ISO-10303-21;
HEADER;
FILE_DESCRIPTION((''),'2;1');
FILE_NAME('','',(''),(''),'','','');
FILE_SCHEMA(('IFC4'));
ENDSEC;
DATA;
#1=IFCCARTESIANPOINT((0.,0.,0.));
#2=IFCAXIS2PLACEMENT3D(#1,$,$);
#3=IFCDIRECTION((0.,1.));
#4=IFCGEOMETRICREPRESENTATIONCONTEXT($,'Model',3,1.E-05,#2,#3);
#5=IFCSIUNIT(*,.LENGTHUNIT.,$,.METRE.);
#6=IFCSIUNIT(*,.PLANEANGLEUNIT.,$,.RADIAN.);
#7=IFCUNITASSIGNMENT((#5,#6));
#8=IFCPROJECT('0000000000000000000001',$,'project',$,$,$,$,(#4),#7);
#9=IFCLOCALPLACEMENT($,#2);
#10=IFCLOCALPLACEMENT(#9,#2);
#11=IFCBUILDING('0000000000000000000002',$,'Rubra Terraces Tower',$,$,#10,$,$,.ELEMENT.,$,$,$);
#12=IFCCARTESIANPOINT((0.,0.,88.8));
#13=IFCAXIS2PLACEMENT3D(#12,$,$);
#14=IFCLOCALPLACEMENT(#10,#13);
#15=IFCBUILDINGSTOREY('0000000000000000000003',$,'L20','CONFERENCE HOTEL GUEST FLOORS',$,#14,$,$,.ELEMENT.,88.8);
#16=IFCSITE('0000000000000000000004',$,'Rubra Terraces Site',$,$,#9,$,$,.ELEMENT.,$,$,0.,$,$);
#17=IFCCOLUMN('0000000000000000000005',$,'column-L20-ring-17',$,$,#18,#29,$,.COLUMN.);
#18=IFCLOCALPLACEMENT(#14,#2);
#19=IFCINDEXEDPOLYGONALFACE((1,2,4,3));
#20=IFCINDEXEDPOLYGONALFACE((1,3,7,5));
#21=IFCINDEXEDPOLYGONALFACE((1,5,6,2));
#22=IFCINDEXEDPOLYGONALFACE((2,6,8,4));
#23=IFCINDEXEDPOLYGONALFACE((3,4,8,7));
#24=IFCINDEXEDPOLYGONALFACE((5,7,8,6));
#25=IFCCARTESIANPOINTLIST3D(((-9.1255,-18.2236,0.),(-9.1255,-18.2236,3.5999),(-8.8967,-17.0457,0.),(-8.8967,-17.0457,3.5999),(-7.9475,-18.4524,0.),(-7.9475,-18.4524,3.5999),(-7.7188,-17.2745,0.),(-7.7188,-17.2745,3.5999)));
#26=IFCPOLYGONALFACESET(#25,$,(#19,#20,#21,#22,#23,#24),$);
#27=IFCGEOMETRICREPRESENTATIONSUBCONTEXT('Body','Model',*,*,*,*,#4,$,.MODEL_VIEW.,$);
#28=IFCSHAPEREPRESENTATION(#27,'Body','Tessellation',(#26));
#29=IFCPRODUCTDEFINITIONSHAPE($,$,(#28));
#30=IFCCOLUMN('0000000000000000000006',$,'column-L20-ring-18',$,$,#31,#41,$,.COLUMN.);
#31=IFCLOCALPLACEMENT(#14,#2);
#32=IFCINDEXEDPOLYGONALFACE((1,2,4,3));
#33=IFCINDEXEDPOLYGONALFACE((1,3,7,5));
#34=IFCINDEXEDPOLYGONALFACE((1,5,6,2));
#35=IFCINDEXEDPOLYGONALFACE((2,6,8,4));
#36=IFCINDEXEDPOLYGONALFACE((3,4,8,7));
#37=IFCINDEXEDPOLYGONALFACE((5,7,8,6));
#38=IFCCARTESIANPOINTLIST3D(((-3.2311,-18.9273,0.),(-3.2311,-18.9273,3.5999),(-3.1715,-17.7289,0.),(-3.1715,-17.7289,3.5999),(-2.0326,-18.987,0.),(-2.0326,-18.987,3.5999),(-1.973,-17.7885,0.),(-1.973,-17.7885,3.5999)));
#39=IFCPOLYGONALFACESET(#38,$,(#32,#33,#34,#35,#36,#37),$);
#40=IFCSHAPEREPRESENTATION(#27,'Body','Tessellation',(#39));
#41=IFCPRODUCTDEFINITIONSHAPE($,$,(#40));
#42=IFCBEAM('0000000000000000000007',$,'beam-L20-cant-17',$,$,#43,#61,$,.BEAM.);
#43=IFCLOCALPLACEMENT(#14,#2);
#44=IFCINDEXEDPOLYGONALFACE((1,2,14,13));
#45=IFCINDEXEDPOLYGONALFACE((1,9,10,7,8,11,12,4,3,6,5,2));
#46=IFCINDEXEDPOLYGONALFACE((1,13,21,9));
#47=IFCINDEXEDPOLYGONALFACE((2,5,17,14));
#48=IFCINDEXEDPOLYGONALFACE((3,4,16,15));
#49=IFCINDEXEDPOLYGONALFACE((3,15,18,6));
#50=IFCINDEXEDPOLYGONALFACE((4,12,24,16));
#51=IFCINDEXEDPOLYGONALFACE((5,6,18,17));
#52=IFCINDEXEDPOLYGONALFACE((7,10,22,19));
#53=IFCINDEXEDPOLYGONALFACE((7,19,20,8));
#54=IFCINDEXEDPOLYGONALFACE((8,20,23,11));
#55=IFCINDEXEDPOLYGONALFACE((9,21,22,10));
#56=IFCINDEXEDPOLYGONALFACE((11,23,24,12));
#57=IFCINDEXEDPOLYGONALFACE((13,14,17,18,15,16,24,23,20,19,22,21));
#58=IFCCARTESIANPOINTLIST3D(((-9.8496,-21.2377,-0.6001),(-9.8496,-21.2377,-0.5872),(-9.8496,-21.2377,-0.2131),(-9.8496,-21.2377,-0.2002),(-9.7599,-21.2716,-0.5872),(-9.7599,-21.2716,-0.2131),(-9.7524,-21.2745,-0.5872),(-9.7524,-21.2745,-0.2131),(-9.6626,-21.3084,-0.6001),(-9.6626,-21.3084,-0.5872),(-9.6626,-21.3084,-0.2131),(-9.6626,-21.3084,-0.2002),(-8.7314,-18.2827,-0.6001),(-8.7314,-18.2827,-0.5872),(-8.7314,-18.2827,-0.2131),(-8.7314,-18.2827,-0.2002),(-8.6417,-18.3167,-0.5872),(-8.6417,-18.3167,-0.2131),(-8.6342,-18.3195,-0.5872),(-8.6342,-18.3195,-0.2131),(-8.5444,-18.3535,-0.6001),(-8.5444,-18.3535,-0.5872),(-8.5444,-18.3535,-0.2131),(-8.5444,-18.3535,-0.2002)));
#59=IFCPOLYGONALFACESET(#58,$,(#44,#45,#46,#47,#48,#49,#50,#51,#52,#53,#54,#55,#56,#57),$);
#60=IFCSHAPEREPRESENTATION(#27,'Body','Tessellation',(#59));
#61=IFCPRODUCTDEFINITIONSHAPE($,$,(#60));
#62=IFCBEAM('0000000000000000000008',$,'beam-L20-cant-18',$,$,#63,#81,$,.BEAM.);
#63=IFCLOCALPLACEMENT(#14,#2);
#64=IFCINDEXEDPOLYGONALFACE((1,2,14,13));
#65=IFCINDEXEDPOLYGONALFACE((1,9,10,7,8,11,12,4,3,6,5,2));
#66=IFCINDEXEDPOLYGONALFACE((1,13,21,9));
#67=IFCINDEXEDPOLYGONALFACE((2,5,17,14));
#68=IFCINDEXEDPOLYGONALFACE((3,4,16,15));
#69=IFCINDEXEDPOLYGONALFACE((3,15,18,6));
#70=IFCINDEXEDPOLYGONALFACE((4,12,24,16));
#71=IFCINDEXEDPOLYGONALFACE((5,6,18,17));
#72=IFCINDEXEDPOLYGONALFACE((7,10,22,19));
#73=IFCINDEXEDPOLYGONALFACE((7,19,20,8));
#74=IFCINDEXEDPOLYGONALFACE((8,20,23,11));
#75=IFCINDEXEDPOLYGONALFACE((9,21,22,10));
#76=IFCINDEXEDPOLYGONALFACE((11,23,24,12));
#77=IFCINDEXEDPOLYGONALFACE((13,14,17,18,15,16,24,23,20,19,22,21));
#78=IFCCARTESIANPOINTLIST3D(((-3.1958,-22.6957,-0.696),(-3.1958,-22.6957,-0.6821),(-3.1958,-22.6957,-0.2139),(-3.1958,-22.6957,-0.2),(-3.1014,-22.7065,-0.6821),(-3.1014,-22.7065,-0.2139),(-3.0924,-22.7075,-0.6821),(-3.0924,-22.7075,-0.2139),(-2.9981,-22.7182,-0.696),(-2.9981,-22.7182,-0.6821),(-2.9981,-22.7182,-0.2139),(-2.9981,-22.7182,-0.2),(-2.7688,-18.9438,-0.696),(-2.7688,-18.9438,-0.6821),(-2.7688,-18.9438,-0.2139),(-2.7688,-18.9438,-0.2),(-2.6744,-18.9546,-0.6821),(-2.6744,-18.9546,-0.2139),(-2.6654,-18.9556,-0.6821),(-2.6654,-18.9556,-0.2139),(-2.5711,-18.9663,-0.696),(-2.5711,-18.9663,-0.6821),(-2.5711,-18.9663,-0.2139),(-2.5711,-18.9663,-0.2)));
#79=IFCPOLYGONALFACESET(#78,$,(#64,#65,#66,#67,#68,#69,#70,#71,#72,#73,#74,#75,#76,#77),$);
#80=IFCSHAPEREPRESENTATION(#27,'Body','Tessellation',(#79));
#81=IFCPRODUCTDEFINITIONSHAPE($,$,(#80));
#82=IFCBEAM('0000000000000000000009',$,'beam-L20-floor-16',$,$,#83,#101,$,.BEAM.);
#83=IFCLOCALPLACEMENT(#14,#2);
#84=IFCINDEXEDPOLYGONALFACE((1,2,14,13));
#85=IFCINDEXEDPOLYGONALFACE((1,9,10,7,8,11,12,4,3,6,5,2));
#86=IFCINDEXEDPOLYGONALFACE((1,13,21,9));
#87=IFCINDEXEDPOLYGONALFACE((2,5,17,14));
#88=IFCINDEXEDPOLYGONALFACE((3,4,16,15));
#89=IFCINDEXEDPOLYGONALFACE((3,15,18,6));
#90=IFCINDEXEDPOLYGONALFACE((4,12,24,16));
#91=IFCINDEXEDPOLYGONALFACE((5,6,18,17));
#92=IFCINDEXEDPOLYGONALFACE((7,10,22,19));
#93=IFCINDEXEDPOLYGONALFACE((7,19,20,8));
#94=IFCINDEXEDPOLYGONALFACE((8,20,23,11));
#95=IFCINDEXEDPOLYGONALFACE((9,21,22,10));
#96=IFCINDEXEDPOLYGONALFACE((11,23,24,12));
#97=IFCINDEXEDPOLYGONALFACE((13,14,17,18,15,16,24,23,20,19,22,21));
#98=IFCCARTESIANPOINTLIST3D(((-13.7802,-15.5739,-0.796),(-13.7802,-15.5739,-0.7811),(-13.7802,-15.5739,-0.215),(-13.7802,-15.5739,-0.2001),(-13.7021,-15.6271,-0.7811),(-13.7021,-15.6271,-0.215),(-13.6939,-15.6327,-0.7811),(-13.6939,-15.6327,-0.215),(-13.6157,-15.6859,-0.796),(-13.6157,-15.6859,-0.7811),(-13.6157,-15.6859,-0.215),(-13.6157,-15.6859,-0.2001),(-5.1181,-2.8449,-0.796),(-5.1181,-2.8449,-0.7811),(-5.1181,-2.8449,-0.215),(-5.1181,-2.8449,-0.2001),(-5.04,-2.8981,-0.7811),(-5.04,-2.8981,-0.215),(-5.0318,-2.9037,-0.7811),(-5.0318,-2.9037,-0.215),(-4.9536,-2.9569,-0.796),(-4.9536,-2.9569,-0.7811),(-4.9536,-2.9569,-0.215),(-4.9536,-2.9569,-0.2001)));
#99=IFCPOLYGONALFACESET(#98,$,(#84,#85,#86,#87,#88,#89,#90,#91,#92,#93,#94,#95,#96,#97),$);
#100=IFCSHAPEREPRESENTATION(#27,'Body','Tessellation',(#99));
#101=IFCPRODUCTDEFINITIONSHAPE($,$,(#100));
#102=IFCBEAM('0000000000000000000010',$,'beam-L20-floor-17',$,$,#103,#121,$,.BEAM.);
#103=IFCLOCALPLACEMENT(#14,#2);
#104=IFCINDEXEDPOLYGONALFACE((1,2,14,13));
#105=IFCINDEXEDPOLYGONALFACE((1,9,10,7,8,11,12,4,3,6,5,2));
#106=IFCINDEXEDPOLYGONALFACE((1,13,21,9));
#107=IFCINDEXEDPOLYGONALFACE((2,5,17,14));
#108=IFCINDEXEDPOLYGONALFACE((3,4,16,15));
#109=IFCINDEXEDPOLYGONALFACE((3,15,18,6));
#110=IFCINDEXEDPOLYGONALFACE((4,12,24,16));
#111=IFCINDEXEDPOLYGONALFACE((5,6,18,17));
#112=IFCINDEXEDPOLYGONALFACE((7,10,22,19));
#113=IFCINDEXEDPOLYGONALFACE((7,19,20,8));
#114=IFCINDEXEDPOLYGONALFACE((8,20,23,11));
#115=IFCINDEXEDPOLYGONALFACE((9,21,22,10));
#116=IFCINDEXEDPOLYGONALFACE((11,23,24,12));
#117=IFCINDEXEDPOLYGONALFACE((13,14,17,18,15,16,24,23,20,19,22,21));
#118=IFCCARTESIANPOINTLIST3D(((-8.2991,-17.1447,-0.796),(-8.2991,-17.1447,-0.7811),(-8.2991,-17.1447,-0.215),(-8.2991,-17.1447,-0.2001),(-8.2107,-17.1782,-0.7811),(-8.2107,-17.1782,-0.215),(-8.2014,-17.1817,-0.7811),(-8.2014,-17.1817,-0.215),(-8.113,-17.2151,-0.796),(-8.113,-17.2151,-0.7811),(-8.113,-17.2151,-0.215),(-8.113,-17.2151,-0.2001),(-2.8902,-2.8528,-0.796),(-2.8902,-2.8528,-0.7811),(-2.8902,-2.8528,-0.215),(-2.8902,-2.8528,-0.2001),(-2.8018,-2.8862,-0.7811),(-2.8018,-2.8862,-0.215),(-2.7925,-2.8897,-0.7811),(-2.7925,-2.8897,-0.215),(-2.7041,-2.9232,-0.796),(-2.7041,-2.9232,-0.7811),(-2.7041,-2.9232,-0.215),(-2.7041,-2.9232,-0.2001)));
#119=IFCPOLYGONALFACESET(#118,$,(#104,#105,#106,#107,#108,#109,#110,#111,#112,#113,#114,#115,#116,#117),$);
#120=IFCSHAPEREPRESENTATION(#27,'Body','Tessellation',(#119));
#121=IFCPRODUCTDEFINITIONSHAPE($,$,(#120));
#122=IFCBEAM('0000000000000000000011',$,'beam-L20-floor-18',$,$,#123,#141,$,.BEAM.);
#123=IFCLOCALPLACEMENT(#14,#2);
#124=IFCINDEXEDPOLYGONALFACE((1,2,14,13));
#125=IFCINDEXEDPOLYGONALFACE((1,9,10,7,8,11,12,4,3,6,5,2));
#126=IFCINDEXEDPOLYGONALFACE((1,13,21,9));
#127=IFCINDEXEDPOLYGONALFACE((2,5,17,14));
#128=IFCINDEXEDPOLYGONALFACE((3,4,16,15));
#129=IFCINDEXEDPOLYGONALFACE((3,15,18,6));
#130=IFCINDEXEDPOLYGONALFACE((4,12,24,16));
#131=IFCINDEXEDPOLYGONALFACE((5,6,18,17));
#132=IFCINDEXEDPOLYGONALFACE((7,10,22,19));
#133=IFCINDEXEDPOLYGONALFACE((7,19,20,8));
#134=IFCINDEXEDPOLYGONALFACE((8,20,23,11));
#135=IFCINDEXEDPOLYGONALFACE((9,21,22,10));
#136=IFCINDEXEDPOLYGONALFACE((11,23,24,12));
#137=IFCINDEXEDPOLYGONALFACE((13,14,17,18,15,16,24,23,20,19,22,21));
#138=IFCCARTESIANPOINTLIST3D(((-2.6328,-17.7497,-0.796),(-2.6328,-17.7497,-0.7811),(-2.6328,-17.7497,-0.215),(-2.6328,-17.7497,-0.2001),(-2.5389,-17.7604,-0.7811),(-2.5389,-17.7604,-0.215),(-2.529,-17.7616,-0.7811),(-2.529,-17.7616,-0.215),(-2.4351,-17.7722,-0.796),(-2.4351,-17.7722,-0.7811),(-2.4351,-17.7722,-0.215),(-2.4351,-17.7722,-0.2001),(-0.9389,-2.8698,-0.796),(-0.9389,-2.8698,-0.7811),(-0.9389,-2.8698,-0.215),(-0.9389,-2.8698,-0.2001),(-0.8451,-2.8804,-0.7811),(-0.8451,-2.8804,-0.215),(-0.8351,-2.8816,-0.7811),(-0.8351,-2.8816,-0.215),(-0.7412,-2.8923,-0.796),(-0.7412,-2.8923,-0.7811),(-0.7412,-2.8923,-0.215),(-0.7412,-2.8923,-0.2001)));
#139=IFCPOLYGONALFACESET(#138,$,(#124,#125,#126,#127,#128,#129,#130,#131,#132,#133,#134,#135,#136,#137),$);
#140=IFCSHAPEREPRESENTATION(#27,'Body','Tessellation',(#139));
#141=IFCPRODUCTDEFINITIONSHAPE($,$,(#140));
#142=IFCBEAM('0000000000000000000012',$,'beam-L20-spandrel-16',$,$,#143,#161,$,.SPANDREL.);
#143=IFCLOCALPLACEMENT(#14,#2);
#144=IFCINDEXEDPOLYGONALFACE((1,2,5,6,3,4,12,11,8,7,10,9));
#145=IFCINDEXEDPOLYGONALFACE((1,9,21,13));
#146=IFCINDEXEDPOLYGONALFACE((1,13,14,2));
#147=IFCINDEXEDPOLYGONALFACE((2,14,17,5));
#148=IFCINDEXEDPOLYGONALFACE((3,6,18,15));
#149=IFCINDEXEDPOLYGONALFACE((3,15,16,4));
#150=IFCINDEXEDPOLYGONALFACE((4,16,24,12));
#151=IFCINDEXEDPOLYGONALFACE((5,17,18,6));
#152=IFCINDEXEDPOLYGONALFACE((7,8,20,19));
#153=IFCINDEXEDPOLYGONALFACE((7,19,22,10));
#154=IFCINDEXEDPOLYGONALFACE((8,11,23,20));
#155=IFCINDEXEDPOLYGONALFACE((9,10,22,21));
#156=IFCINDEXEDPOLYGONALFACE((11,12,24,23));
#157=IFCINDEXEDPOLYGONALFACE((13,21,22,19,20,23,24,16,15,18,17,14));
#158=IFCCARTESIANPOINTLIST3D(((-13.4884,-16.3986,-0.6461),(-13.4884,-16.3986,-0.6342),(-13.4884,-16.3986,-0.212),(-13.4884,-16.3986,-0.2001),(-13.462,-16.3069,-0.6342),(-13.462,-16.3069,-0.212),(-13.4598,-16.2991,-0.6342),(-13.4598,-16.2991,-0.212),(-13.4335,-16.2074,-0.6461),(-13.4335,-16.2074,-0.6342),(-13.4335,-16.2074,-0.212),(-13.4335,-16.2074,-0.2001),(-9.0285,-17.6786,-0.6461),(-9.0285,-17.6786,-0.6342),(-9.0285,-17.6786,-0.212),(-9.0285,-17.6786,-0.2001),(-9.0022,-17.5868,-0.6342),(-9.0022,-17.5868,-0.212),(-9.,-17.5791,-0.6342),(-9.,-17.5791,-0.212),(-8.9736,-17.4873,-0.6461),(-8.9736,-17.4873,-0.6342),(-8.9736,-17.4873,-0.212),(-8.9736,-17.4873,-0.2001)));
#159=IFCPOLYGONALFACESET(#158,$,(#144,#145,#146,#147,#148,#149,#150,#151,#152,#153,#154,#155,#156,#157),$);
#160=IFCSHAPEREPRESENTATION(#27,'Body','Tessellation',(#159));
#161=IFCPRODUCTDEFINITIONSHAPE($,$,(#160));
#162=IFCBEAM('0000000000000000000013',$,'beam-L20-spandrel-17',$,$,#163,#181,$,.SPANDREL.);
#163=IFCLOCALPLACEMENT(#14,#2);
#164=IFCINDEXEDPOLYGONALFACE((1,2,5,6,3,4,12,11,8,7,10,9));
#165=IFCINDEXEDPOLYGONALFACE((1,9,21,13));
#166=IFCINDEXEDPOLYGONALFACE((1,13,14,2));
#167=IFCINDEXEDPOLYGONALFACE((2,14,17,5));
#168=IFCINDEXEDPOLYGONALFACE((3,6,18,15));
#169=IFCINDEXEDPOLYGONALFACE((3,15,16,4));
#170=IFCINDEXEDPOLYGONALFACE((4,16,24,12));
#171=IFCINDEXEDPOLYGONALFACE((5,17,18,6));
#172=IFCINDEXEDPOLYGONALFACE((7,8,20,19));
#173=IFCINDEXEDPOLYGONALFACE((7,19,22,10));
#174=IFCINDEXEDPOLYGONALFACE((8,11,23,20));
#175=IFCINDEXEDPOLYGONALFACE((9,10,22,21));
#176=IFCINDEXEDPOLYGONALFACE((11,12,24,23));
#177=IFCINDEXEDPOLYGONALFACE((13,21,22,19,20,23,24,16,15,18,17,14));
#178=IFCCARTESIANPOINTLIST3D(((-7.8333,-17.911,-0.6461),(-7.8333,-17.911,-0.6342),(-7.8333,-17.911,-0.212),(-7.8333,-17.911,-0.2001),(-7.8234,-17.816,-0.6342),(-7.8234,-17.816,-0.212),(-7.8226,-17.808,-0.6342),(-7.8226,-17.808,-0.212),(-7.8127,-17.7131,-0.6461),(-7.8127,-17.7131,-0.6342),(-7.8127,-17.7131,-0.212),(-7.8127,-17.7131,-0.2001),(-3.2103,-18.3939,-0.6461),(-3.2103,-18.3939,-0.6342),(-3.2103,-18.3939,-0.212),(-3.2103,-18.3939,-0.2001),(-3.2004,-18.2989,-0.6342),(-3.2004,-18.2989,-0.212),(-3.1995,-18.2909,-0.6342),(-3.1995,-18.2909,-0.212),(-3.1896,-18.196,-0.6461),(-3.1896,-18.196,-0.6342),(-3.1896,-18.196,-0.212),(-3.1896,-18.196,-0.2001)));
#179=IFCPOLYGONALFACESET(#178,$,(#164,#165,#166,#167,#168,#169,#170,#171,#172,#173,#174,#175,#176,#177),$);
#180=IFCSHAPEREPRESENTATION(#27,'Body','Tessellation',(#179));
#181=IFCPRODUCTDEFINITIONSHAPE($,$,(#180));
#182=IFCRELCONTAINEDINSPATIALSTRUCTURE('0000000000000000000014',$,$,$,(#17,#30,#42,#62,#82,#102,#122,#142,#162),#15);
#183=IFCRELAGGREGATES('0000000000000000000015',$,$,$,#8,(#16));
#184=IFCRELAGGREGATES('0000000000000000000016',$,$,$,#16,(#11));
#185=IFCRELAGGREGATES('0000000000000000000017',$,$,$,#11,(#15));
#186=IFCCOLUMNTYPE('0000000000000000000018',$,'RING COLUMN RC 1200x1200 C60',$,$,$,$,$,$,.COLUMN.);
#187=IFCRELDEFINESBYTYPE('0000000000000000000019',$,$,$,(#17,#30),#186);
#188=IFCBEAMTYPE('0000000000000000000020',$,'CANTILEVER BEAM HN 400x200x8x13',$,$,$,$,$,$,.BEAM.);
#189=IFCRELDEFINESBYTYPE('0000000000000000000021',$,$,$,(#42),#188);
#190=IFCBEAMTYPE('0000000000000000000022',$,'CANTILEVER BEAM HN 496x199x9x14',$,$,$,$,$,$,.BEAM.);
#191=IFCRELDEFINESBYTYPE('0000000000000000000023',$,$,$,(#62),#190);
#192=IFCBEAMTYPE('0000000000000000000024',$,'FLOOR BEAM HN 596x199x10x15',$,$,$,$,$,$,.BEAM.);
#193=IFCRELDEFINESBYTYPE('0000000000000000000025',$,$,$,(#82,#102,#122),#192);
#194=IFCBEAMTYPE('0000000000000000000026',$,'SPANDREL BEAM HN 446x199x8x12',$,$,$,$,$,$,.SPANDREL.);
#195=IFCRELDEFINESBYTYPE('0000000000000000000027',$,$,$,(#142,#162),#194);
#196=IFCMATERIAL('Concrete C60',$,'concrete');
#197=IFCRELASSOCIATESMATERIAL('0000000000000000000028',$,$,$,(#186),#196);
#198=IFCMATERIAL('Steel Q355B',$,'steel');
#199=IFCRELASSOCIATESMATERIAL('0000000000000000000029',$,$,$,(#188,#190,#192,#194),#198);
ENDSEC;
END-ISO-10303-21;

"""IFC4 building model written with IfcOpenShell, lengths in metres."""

from ifc_helpers import new_model, si_unit, direction, frame, origin, origin_2d, place, context, subcontext, project, spatial, rectangle, i_section, extrude, material, material_profile, profile_set, type_object, element, save


model = new_model("IFC4")

# Units and contexts
model_context = context("Model", 3, precision=1e-05, world=origin(), true_north=direction((0.0, 1.0)))
body_context = subcontext(model_context, "Body", "Model", "MODEL_VIEW")
ifc_project = project(units=[si_unit("LENGTHUNIT", "METRE"), si_unit("PLANEANGLEUNIT", "RADIAN")], contexts=[model_context])

# Site, building, storey
site_placement = place(None, origin())
site = spatial("IfcSite", under=ifc_project, at=site_placement, Name="Rubra Terraces Site", CompositionType="ELEMENT", RefElevation=0.0)
building_placement = place(site_placement, origin())
building = spatial("IfcBuilding", under=site, at=building_placement, Name="Rubra Terraces Tower", CompositionType="ELEMENT")
storey_placement = place(building_placement, frame((0.0, 0.0, 88.8)))
storey = spatial("IfcBuildingStorey", under=building, at=storey_placement, Name="L20", Description="CONFERENCE HOTEL GUEST FLOORS", CompositionType="ELEMENT", Elevation=88.8)

# Columns
ifc_material_1 = material(Name="Concrete C60", Category="concrete")
ifc_material_profile_1 = material_profile(ifc_material_1, rectangle(XDim=1.2, YDim=1.2, at=origin_2d()), Name="RC 1200x1200")
ifc_profile_set_1 = profile_set([ifc_material_profile_1], Name="Concrete C60")
column_type = type_object("IfcColumnType", Name="RING COLUMN RC 1200x1200 C60", PredefinedType="COLUMN", material=ifc_profile_set_1)
for number, where, z_axis, x_axis, name in (
    (1, (-8.4221, -17.749, 0.0), (0.0, 0.0, 1.0), (0.981655, -0.190668, 0.0), "column-L20-ring-17"),
    (2, (-2.6021, -18.3579, 0.0), (0.0, 0.0, 1.0), (0.998764, -0.049699, 0.0), "column-L20-ring-18"),
):
    element("IfcColumn", number, at=place(storey_placement, frame(where, z_axis=z_axis, x_axis=x_axis)), inside=storey, type_object=column_type, Name=name, PredefinedType="COLUMN", context=body_context, shape_type="SweptSolid", body=[
        extrude(rectangle(XDim=1.2, YDim=1.2, at=origin_2d()), origin(), (0.0, 0.0, 1.0), 3.5999),
    ])

# Beams
ifc_material_2 = material(Name="Steel Q355B", Category="steel")
ifc_material_profile_2 = material_profile(ifc_material_2, i_section(OverallWidth=0.2, OverallDepth=0.3999, WebThickness=0.0081, FlangeThickness=0.0129, at=origin_2d()), Name="HN 400x200x8x13")
ifc_profile_set_2 = profile_set([ifc_material_profile_2], Name="Steel Q355B")
beam_type_1 = type_object("IfcBeamType", Name="CANTILEVER BEAM HN 400x200x8x13", PredefinedType="BEAM", material=ifc_profile_set_2)
beam_1_placement = place(storey_placement, frame((-8.6379, -18.3181, -0.4001), z_axis=(-0.353925, -0.935274, 0.0), x_axis=(0.935274, -0.353925, 0.0)))
element("IfcBeam", 3, at=beam_1_placement, inside=storey, type_object=beam_type_1, Name="beam-L20-cant-17", PredefinedType="BEAM", context=body_context, shape_type="SweptSolid", body=[
    extrude(i_section(OverallWidth=0.2, OverallDepth=0.3999, WebThickness=0.0081, FlangeThickness=0.0129, at=origin_2d()), origin(), (0.0, 0.0, 1.0), 3.1594),
])
ifc_material_profile_3 = material_profile(ifc_material_2, i_section(OverallWidth=0.199, OverallDepth=0.4961, WebThickness=0.009, FlangeThickness=0.0139, at=origin_2d()), Name="HN 496x199x9x14")
ifc_profile_set_3 = profile_set([ifc_material_profile_3], Name="Steel Q355B")
beam_type_2 = type_object("IfcBeamType", Name="CANTILEVER BEAM HN 496x199x9x14", PredefinedType="BEAM", material=ifc_profile_set_3)
beam_2_placement = place(storey_placement, frame((-2.6699, -18.9551, -0.448), z_axis=(-0.113078, -0.993586, 0.0), x_axis=(0.993586, -0.113078, 0.0)))
element("IfcBeam", 4, at=beam_2_placement, inside=storey, type_object=beam_type_2, Name="beam-L20-cant-18", PredefinedType="BEAM", context=body_context, shape_type="SweptSolid", body=[
    extrude(i_section(OverallWidth=0.199, OverallDepth=0.4961, WebThickness=0.009, FlangeThickness=0.0139, at=origin_2d()), origin(), (0.0, 0.0, 1.0), 3.7761),
])
ifc_material_profile_4 = material_profile(ifc_material_2, i_section(OverallWidth=0.199, OverallDepth=0.5959, WebThickness=0.01, FlangeThickness=0.0149, at=origin_2d()), Name="HN 596x199x10x15")
ifc_profile_set_4 = profile_set([ifc_material_profile_4], Name="Steel Q355B")
beam_type_3 = type_object("IfcBeamType", Name="FLOOR BEAM HN 596x199x10x15", PredefinedType="BEAM", material=ifc_profile_set_4)
beam_3_placement = place(storey_placement, frame((-13.698, -15.6299, -0.498), z_axis=(0.562594, 0.826734, 0.0), x_axis=(-0.826734, 0.562594, 0.0)))
element("IfcBeam", 5, at=beam_3_placement, inside=storey, type_object=beam_type_3, Name="beam-L20-floor-16", PredefinedType="BEAM", context=body_context, shape_type="SweptSolid", body=[
    extrude(i_section(OverallWidth=0.199, OverallDepth=0.5959, WebThickness=0.01, FlangeThickness=0.0149, at=origin_2d()), origin(), (0.0, 0.0, 1.0), 15.3967),
])
beam_4_placement = place(storey_placement, frame((-8.2061, -17.1799, -0.498), z_axis=(0.353958, 0.935261, 0.0), x_axis=(-0.935261, 0.353958, 0.0)))
element("IfcBeam", 6, at=beam_4_placement, inside=storey, type_object=beam_type_3, Name="beam-L20-floor-17", PredefinedType="BEAM", context=body_context, shape_type="SweptSolid", body=[
    extrude(i_section(OverallWidth=0.199, OverallDepth=0.5959, WebThickness=0.01, FlangeThickness=0.0149, at=origin_2d()), origin(), (0.0, 0.0, 1.0), 15.2812),
])
beam_5_placement = place(storey_placement, frame((-2.5339, -17.761, -0.498), z_axis=(0.113104, 0.993583, 0.0), x_axis=(-0.993583, 0.113104, 0.0)))
element("IfcBeam", 7, at=beam_5_placement, inside=storey, type_object=beam_type_3, Name="beam-L20-floor-18", PredefinedType="BEAM", context=body_context, shape_type="SweptSolid", body=[
    extrude(i_section(OverallWidth=0.199, OverallDepth=0.5959, WebThickness=0.01, FlangeThickness=0.0149, at=origin_2d()), origin(), (0.0, 0.0, 1.0), 14.9761),
])
ifc_material_profile_5 = material_profile(ifc_material_2, i_section(OverallWidth=0.199, OverallDepth=0.446, WebThickness=0.0081, FlangeThickness=0.012, at=origin_2d()), Name="HN 446x199x8x12")
ifc_profile_set_5 = profile_set([ifc_material_profile_5], Name="Steel Q355B")
beam_type_4 = type_object("IfcBeamType", Name="SPANDREL BEAM HN 446x199x8x12", PredefinedType="SPANDREL", material=ifc_profile_set_5)
beam_6_placement = place(storey_placement, frame((-13.4609, -16.303, -0.4231), z_axis=(0.961196, -0.275868, 0.0), x_axis=(0.275868, 0.961196, 0.0)))
element("IfcBeam", 8, at=beam_6_placement, inside=storey, type_object=beam_type_4, Name="beam-L20-spandrel-16", PredefinedType="SPANDREL", context=body_context, shape_type="SweptSolid", body=[
    extrude(i_section(OverallWidth=0.199, OverallDepth=0.446, WebThickness=0.0081, FlangeThickness=0.012, at=origin_2d()), origin(), (0.0, 0.0, 1.0), 4.6399),
])
beam_7_placement = place(storey_placement, frame((-7.823, -17.812, -0.4231), z_axis=(0.994589, -0.103892, 0.0), x_axis=(0.103892, 0.994589, 0.0)))
element("IfcBeam", 9, at=beam_7_placement, inside=storey, type_object=beam_type_4, Name="beam-L20-spandrel-17", PredefinedType="SPANDREL", context=body_context, shape_type="SweptSolid", body=[
    extrude(i_section(OverallWidth=0.199, OverallDepth=0.446, WebThickness=0.0081, FlangeThickness=0.012, at=origin_2d()), origin(), (0.0, 0.0, 1.0), 4.6482),
])

save(model, "model.ifc")
